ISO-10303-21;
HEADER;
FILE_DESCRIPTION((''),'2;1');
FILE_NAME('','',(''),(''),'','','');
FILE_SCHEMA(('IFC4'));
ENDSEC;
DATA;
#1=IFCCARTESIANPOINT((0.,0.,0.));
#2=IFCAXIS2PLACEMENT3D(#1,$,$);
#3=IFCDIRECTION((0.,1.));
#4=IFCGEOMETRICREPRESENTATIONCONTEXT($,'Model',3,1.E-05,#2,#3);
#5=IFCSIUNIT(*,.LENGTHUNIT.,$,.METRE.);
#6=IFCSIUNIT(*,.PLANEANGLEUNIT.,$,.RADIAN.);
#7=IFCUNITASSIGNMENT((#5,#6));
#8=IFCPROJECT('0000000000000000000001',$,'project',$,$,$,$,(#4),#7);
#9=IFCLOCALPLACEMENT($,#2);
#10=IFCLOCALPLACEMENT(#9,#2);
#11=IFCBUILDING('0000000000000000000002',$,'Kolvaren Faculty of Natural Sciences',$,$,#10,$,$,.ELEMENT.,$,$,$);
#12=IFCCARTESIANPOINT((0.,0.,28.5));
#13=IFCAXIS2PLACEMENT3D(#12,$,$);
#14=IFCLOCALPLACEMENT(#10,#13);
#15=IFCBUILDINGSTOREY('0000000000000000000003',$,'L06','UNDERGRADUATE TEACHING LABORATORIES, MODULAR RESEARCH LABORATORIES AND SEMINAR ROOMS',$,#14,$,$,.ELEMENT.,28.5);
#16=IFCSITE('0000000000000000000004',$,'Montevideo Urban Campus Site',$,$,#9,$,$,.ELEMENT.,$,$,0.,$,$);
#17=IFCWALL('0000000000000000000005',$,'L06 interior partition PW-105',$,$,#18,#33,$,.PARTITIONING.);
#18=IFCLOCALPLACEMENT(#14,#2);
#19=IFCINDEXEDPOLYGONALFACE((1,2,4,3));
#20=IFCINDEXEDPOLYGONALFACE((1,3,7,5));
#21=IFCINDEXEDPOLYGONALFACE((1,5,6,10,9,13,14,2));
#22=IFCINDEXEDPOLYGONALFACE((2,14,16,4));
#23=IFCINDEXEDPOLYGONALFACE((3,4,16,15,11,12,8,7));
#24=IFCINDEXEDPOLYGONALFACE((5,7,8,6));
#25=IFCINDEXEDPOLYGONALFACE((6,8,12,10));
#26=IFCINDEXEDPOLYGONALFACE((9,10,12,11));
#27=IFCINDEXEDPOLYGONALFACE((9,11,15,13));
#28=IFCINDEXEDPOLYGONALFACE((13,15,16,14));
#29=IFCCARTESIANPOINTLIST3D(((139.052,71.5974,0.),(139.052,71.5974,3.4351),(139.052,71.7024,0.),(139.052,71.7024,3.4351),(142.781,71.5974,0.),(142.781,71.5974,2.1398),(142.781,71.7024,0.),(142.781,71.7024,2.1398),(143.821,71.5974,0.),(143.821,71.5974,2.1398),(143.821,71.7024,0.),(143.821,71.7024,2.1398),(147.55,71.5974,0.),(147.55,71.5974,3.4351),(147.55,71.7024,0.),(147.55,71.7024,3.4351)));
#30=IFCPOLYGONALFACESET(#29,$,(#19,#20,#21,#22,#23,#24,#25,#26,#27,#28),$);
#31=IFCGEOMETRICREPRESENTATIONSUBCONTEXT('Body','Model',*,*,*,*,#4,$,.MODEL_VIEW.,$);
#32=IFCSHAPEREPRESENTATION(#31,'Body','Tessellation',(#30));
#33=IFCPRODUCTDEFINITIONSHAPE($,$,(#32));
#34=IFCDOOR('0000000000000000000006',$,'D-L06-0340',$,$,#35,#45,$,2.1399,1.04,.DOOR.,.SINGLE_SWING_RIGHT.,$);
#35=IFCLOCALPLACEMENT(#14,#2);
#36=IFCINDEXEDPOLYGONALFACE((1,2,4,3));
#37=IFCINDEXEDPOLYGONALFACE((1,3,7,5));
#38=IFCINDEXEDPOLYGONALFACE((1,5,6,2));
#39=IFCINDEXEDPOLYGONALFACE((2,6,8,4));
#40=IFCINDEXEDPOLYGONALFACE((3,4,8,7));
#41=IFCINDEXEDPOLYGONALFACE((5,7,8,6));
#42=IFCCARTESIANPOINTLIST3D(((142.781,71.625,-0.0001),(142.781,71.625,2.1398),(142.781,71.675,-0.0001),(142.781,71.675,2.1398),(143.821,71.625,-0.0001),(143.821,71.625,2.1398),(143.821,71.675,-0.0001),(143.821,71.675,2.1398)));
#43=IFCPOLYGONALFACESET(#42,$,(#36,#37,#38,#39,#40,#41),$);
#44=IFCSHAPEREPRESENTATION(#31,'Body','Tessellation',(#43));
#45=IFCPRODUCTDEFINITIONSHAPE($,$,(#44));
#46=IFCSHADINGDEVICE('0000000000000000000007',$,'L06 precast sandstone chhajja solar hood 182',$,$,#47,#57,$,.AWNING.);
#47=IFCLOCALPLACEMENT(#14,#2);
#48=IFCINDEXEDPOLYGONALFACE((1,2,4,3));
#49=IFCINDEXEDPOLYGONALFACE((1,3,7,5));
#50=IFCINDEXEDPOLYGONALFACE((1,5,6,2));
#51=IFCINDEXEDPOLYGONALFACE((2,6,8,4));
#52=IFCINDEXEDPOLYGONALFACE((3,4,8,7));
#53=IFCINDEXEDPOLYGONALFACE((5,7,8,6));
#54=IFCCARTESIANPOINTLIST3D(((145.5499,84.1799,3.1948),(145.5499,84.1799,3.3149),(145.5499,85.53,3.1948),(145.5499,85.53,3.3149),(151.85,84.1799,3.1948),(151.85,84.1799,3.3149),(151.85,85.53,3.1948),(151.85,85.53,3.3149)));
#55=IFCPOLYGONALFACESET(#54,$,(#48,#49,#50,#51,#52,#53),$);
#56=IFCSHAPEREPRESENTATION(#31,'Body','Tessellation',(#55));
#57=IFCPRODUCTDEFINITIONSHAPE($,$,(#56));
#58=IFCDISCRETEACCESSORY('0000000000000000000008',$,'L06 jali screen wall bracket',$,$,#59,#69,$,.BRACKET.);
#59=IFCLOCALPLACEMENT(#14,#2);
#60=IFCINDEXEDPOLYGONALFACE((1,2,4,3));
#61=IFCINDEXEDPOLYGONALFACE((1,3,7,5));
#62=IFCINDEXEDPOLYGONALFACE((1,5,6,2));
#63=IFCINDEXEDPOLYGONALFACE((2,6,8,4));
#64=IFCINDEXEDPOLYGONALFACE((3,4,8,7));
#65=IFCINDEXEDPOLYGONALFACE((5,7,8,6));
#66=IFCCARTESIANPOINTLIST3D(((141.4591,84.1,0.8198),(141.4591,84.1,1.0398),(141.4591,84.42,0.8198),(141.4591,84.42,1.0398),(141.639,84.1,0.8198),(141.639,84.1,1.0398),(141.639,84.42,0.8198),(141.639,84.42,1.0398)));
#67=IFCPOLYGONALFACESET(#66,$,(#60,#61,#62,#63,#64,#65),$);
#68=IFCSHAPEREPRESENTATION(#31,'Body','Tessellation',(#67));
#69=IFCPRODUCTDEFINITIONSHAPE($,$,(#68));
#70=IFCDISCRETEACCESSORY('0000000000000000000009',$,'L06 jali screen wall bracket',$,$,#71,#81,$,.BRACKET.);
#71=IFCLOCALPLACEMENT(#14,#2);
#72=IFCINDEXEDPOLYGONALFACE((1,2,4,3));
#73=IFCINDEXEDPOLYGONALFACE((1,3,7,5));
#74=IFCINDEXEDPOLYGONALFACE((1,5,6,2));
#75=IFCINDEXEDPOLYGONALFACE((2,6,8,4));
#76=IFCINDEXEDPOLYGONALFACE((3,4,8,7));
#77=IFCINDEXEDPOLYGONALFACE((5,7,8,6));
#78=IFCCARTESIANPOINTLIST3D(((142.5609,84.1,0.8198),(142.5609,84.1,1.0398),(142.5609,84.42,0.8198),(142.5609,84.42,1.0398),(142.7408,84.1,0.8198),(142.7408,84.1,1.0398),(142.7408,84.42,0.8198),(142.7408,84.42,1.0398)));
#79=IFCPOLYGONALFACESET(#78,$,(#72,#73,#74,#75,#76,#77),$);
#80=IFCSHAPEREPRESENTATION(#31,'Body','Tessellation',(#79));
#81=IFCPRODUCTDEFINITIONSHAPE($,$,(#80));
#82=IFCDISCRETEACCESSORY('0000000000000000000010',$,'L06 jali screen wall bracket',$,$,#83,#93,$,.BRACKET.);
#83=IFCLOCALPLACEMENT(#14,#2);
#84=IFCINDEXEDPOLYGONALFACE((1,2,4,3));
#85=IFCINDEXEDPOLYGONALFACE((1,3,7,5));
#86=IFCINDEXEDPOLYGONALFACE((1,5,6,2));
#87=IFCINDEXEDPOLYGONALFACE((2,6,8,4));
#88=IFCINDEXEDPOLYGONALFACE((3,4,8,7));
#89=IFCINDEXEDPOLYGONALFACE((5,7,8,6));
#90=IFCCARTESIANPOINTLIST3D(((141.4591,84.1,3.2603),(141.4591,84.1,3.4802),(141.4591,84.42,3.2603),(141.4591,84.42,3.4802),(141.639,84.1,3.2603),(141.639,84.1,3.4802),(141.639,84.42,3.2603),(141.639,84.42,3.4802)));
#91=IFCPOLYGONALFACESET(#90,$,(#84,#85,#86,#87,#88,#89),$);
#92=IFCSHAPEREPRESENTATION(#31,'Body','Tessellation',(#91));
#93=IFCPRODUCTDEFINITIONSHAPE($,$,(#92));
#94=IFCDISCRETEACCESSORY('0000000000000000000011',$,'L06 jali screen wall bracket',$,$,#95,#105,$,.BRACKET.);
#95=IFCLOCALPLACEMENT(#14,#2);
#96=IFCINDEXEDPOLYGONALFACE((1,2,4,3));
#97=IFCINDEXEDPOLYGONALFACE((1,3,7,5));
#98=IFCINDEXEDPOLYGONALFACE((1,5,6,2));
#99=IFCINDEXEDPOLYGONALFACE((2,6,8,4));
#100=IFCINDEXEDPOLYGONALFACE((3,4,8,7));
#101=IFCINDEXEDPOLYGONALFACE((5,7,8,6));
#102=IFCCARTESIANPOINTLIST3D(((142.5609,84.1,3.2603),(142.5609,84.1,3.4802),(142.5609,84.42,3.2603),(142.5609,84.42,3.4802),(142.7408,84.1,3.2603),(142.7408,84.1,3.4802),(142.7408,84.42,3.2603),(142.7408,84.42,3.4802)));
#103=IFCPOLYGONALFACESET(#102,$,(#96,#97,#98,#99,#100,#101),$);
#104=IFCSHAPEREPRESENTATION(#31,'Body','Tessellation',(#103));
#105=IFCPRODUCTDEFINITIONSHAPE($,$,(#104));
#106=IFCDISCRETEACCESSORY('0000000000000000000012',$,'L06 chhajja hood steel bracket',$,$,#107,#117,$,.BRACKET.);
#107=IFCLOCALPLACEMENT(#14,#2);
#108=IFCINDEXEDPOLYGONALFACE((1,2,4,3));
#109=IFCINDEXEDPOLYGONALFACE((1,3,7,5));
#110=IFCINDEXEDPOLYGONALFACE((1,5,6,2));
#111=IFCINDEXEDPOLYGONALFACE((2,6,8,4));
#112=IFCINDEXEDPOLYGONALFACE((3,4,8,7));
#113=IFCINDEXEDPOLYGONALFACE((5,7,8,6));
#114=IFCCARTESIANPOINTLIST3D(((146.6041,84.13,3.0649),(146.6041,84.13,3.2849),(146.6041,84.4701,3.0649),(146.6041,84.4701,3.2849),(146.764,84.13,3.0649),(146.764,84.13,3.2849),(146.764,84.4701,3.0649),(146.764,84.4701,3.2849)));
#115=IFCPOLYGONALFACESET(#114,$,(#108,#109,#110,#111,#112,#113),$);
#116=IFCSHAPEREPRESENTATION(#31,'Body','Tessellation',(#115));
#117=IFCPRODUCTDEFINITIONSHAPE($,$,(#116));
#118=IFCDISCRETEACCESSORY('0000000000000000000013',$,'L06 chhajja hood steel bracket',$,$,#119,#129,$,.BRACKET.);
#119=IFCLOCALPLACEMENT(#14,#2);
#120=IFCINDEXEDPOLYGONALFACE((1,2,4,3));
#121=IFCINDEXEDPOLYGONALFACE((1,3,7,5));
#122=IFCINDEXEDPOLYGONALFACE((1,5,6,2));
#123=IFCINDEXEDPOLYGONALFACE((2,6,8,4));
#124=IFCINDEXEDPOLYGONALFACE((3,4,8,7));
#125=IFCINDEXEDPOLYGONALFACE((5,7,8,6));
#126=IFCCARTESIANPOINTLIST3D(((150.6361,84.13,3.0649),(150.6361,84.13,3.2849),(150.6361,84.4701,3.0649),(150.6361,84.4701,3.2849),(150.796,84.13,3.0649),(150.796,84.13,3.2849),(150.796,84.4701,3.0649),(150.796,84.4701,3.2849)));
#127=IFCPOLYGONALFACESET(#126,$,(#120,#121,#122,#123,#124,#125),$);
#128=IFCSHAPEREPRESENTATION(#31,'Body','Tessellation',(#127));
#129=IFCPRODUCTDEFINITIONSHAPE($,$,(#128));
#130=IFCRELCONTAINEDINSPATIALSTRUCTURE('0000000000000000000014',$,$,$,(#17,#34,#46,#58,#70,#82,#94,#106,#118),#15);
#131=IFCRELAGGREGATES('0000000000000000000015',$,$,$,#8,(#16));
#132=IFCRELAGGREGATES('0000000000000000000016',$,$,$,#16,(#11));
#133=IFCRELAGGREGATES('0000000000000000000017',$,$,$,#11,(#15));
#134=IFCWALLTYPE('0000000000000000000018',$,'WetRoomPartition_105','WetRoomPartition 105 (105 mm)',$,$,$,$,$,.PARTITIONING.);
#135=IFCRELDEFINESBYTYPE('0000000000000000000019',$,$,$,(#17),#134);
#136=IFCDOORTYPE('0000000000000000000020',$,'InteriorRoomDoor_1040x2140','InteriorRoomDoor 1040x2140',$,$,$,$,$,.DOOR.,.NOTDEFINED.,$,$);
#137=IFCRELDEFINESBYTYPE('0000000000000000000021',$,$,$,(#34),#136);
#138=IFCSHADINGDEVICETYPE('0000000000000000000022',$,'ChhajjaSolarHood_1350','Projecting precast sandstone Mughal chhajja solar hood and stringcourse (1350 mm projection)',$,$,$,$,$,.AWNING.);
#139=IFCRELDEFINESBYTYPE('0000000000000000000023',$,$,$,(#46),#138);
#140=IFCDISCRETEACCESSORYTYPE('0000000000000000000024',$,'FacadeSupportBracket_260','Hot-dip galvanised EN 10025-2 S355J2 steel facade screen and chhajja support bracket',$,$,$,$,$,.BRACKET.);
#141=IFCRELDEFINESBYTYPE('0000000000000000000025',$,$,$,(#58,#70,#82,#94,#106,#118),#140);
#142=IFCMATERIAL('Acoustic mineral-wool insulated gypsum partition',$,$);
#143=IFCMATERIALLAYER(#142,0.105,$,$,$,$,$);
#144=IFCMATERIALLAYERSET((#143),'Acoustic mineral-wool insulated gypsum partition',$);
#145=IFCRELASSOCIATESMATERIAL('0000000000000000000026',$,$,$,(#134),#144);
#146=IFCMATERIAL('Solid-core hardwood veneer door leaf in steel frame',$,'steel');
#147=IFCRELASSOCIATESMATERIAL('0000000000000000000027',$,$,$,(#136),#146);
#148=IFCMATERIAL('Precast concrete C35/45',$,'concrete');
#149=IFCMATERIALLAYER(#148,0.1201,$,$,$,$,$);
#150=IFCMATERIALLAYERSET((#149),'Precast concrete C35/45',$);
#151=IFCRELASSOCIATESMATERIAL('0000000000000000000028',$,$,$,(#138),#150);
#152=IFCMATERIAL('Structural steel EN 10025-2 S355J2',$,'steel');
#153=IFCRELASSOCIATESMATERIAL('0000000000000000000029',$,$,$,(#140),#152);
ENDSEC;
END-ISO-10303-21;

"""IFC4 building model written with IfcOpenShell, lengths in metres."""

from ifc_helpers import new_model, si_unit, direction, frame, frame_2d, origin, origin_2d, place, context, subcontext, project, spatial, rectangle, extrude, material, layer, layer_set, type_object, element, fill, save


model = new_model("IFC4")

# Units and contexts
model_context = context("Model", 3, precision=1e-05, world=origin(), true_north=direction((0.0, 1.0)))
body_context = subcontext(model_context, "Body", "Model", "MODEL_VIEW")
ifc_project = project(units=[si_unit("LENGTHUNIT", "METRE"), si_unit("PLANEANGLEUNIT", "RADIAN")], contexts=[model_context])

# Site, building, storey
site_placement = place(None, origin())
site = spatial("IfcSite", under=ifc_project, at=site_placement, Name="Montevideo Urban Campus Site", CompositionType="ELEMENT", RefElevation=0.0)
building_placement = place(site_placement, origin())
building = spatial("IfcBuilding", under=site, at=building_placement, Name="Kolvaren Faculty of Natural Sciences", CompositionType="ELEMENT")
storey_placement = place(building_placement, frame((0.0, 0.0, 28.5)))
storey = spatial("IfcBuildingStorey", under=building, at=storey_placement, Name="L06", Description="UNDERGRADUATE TEACHING LABORATORIES, MODULAR RESEARCH LABORATORIES AND SEMINAR ROOMS", CompositionType="ELEMENT", Elevation=28.5)

# Shared definitions
ifc_material_1 = material(Name="Acoustic mineral-wool insulated gypsum partition")

# Shared definitions
ifc_material_2 = material(Name="Precast concrete C35/45", Category="concrete")

# Wall, opening, door
ifc_layer_1 = layer(ifc_material_1, 0.105)
ifc_layer_set_1 = layer_set([ifc_layer_1], Name="Acoustic mineral-wool insulated gypsum partition")
wall_type_1 = type_object("IfcWallType", Name="WetRoomPartition_105", Description="WetRoomPartition 105 (105 mm)", PredefinedType="PARTITIONING", material=ifc_layer_set_1)
ifc_material_3 = material(Name="Solid-core hardwood veneer door leaf in steel frame", Category="steel")
door_type_1 = type_object("IfcDoorType", Name="InteriorRoomDoor_1040x2140", Description="InteriorRoomDoor 1040x2140", OperationType="NOTDEFINED", PredefinedType="DOOR", material=ifc_material_3)
wall_1_placement = place(storey_placement, frame((147.55, 71.6499, 0.0), z_axis=(0.0, 0.0, 1.0), x_axis=(-1.0, 0.0, 0.0)))
wall_1 = element("IfcWall", 1, at=wall_1_placement, inside=storey, type_object=wall_type_1, Name="L06 interior partition PW-105", PredefinedType="PARTITIONING", context=body_context, shape_type="SweptSolid", body=[
    extrude(rectangle(XDim=8.498, YDim=0.105, at=frame_2d((4.249, 0.0))), origin(), (0.0, 0.0, 1.0), 3.4351),
])
opening_1_placement = place(wall_1_placement, frame((3.729, 0.0, 0.0)))
opening_1 = element("IfcOpeningElement", 2, at=opening_1_placement, cuts=wall_1, PredefinedType="OPENING", context=body_context, shape_type="SweptSolid", body=[
    extrude(rectangle(XDim=1.04, YDim=2.1399, at=frame_2d((0.52, 1.0698))), frame((0.0, 0.0625, 0.0), z_axis=(0.0, -1.0, 0.0), x_axis=(1.0, 0.0, 0.0)), (0.0, 0.0, 1.0), 0.125),
])
door_1_placement = place(opening_1_placement, origin())
door_1 = element("IfcDoor", 3, at=door_1_placement, inside=storey, type_object=door_type_1, Name="D-L06-0340", OperationType="SINGLE_SWING_RIGHT", OverallHeight=2.1399, OverallWidth=1.04, PredefinedType="DOOR", context=body_context, shape_type="SweptSolid", body=[
    extrude(rectangle(XDim=1.04, YDim=2.1399, at=frame_2d((0.52, 1.0698))), frame((0.0, 0.0249, 0.0), z_axis=(0.0, -1.0, 0.0), x_axis=(1.0, 0.0, 0.0)), (0.0, 0.0, 1.0), 0.05),
])
fill(opening_1, door_1)

# Shading device
ifc_layer_2 = layer(ifc_material_2, 0.1201)
ifc_layer_set_2 = layer_set([ifc_layer_2], Name="Precast concrete C35/45")
shading_device_type = type_object("IfcShadingDeviceType", Name="ChhajjaSolarHood_1350", Description="Projecting precast sandstone Mughal chhajja solar hood and stringcourse (1350 mm projection)", PredefinedType="AWNING", material=ifc_layer_set_2)
shading_device_placement = place(storey_placement, frame((148.7, 84.855, 3.1948), z_axis=(0.0, 0.0, 1.0), x_axis=(1.0, 0.0, 0.0)))
element("IfcShadingDevice", 4, at=shading_device_placement, inside=storey, type_object=shading_device_type, Name="L06 precast sandstone chhajja solar hood 182", PredefinedType="AWNING", context=body_context, shape_type="SweptSolid", body=[
    extrude(rectangle(XDim=6.3, YDim=1.3501, at=origin_2d()), origin(), (0.0, 0.0, 1.0), 0.1201),
])

# Discrete accessories
ifc_material_4 = material(Name="Structural steel EN 10025-2 S355J2", Category="steel")
discrete_accessory_type = type_object("IfcDiscreteAccessoryType", Name="FacadeSupportBracket_260", Description="Hot-dip galvanised EN 10025-2 S355J2 steel facade screen and chhajja support bracket", PredefinedType="BRACKET", material=ifc_material_4)
for number, where, z_axis, x_axis, name in (
    (5, (141.5491, 84.26, 0.8198), (0.0, 0.0, 1.0), (1.0, 0.0, 0.0), "L06 jali screen wall bracket"),
    (6, (142.6509, 84.26, 0.8198), (0.0, 0.0, 1.0), (1.0, 0.0, 0.0), "L06 jali screen wall bracket"),
    (7, (141.5491, 84.26, 3.2603), (0.0, 0.0, 1.0), (1.0, 0.0, 0.0), "L06 jali screen wall bracket"),
    (8, (142.6509, 84.26, 3.2603), (0.0, 0.0, 1.0), (1.0, 0.0, 0.0), "L06 jali screen wall bracket"),
):
    element("IfcDiscreteAccessory", number, at=place(storey_placement, frame(where, z_axis=z_axis, x_axis=x_axis)), inside=storey, type_object=discrete_accessory_type, Name=name, PredefinedType="BRACKET", context=body_context, shape_type="SweptSolid", body=[
        extrude(rectangle(XDim=0.1799, YDim=0.3201, at=origin_2d()), origin(), (0.0, 0.0, 1.0), 0.22),
    ])
for number, where, z_axis, x_axis, name in (
    (9, (146.6841, 84.3, 3.0649), (0.0, 0.0, 1.0), (1.0, 0.0, 0.0), "L06 chhajja hood steel bracket"),
    (10, (150.7161, 84.3, 3.0649), (0.0, 0.0, 1.0), (1.0, 0.0, 0.0), "L06 chhajja hood steel bracket"),
):
    element("IfcDiscreteAccessory", number, at=place(storey_placement, frame(where, z_axis=z_axis, x_axis=x_axis)), inside=storey, type_object=discrete_accessory_type, Name=name, PredefinedType="BRACKET", context=body_context, shape_type="SweptSolid", body=[
        extrude(rectangle(XDim=0.1599, YDim=0.3401, at=origin_2d()), origin(), (0.0, 0.0, 1.0), 0.22),
    ])

save(model, "model.ifc")
